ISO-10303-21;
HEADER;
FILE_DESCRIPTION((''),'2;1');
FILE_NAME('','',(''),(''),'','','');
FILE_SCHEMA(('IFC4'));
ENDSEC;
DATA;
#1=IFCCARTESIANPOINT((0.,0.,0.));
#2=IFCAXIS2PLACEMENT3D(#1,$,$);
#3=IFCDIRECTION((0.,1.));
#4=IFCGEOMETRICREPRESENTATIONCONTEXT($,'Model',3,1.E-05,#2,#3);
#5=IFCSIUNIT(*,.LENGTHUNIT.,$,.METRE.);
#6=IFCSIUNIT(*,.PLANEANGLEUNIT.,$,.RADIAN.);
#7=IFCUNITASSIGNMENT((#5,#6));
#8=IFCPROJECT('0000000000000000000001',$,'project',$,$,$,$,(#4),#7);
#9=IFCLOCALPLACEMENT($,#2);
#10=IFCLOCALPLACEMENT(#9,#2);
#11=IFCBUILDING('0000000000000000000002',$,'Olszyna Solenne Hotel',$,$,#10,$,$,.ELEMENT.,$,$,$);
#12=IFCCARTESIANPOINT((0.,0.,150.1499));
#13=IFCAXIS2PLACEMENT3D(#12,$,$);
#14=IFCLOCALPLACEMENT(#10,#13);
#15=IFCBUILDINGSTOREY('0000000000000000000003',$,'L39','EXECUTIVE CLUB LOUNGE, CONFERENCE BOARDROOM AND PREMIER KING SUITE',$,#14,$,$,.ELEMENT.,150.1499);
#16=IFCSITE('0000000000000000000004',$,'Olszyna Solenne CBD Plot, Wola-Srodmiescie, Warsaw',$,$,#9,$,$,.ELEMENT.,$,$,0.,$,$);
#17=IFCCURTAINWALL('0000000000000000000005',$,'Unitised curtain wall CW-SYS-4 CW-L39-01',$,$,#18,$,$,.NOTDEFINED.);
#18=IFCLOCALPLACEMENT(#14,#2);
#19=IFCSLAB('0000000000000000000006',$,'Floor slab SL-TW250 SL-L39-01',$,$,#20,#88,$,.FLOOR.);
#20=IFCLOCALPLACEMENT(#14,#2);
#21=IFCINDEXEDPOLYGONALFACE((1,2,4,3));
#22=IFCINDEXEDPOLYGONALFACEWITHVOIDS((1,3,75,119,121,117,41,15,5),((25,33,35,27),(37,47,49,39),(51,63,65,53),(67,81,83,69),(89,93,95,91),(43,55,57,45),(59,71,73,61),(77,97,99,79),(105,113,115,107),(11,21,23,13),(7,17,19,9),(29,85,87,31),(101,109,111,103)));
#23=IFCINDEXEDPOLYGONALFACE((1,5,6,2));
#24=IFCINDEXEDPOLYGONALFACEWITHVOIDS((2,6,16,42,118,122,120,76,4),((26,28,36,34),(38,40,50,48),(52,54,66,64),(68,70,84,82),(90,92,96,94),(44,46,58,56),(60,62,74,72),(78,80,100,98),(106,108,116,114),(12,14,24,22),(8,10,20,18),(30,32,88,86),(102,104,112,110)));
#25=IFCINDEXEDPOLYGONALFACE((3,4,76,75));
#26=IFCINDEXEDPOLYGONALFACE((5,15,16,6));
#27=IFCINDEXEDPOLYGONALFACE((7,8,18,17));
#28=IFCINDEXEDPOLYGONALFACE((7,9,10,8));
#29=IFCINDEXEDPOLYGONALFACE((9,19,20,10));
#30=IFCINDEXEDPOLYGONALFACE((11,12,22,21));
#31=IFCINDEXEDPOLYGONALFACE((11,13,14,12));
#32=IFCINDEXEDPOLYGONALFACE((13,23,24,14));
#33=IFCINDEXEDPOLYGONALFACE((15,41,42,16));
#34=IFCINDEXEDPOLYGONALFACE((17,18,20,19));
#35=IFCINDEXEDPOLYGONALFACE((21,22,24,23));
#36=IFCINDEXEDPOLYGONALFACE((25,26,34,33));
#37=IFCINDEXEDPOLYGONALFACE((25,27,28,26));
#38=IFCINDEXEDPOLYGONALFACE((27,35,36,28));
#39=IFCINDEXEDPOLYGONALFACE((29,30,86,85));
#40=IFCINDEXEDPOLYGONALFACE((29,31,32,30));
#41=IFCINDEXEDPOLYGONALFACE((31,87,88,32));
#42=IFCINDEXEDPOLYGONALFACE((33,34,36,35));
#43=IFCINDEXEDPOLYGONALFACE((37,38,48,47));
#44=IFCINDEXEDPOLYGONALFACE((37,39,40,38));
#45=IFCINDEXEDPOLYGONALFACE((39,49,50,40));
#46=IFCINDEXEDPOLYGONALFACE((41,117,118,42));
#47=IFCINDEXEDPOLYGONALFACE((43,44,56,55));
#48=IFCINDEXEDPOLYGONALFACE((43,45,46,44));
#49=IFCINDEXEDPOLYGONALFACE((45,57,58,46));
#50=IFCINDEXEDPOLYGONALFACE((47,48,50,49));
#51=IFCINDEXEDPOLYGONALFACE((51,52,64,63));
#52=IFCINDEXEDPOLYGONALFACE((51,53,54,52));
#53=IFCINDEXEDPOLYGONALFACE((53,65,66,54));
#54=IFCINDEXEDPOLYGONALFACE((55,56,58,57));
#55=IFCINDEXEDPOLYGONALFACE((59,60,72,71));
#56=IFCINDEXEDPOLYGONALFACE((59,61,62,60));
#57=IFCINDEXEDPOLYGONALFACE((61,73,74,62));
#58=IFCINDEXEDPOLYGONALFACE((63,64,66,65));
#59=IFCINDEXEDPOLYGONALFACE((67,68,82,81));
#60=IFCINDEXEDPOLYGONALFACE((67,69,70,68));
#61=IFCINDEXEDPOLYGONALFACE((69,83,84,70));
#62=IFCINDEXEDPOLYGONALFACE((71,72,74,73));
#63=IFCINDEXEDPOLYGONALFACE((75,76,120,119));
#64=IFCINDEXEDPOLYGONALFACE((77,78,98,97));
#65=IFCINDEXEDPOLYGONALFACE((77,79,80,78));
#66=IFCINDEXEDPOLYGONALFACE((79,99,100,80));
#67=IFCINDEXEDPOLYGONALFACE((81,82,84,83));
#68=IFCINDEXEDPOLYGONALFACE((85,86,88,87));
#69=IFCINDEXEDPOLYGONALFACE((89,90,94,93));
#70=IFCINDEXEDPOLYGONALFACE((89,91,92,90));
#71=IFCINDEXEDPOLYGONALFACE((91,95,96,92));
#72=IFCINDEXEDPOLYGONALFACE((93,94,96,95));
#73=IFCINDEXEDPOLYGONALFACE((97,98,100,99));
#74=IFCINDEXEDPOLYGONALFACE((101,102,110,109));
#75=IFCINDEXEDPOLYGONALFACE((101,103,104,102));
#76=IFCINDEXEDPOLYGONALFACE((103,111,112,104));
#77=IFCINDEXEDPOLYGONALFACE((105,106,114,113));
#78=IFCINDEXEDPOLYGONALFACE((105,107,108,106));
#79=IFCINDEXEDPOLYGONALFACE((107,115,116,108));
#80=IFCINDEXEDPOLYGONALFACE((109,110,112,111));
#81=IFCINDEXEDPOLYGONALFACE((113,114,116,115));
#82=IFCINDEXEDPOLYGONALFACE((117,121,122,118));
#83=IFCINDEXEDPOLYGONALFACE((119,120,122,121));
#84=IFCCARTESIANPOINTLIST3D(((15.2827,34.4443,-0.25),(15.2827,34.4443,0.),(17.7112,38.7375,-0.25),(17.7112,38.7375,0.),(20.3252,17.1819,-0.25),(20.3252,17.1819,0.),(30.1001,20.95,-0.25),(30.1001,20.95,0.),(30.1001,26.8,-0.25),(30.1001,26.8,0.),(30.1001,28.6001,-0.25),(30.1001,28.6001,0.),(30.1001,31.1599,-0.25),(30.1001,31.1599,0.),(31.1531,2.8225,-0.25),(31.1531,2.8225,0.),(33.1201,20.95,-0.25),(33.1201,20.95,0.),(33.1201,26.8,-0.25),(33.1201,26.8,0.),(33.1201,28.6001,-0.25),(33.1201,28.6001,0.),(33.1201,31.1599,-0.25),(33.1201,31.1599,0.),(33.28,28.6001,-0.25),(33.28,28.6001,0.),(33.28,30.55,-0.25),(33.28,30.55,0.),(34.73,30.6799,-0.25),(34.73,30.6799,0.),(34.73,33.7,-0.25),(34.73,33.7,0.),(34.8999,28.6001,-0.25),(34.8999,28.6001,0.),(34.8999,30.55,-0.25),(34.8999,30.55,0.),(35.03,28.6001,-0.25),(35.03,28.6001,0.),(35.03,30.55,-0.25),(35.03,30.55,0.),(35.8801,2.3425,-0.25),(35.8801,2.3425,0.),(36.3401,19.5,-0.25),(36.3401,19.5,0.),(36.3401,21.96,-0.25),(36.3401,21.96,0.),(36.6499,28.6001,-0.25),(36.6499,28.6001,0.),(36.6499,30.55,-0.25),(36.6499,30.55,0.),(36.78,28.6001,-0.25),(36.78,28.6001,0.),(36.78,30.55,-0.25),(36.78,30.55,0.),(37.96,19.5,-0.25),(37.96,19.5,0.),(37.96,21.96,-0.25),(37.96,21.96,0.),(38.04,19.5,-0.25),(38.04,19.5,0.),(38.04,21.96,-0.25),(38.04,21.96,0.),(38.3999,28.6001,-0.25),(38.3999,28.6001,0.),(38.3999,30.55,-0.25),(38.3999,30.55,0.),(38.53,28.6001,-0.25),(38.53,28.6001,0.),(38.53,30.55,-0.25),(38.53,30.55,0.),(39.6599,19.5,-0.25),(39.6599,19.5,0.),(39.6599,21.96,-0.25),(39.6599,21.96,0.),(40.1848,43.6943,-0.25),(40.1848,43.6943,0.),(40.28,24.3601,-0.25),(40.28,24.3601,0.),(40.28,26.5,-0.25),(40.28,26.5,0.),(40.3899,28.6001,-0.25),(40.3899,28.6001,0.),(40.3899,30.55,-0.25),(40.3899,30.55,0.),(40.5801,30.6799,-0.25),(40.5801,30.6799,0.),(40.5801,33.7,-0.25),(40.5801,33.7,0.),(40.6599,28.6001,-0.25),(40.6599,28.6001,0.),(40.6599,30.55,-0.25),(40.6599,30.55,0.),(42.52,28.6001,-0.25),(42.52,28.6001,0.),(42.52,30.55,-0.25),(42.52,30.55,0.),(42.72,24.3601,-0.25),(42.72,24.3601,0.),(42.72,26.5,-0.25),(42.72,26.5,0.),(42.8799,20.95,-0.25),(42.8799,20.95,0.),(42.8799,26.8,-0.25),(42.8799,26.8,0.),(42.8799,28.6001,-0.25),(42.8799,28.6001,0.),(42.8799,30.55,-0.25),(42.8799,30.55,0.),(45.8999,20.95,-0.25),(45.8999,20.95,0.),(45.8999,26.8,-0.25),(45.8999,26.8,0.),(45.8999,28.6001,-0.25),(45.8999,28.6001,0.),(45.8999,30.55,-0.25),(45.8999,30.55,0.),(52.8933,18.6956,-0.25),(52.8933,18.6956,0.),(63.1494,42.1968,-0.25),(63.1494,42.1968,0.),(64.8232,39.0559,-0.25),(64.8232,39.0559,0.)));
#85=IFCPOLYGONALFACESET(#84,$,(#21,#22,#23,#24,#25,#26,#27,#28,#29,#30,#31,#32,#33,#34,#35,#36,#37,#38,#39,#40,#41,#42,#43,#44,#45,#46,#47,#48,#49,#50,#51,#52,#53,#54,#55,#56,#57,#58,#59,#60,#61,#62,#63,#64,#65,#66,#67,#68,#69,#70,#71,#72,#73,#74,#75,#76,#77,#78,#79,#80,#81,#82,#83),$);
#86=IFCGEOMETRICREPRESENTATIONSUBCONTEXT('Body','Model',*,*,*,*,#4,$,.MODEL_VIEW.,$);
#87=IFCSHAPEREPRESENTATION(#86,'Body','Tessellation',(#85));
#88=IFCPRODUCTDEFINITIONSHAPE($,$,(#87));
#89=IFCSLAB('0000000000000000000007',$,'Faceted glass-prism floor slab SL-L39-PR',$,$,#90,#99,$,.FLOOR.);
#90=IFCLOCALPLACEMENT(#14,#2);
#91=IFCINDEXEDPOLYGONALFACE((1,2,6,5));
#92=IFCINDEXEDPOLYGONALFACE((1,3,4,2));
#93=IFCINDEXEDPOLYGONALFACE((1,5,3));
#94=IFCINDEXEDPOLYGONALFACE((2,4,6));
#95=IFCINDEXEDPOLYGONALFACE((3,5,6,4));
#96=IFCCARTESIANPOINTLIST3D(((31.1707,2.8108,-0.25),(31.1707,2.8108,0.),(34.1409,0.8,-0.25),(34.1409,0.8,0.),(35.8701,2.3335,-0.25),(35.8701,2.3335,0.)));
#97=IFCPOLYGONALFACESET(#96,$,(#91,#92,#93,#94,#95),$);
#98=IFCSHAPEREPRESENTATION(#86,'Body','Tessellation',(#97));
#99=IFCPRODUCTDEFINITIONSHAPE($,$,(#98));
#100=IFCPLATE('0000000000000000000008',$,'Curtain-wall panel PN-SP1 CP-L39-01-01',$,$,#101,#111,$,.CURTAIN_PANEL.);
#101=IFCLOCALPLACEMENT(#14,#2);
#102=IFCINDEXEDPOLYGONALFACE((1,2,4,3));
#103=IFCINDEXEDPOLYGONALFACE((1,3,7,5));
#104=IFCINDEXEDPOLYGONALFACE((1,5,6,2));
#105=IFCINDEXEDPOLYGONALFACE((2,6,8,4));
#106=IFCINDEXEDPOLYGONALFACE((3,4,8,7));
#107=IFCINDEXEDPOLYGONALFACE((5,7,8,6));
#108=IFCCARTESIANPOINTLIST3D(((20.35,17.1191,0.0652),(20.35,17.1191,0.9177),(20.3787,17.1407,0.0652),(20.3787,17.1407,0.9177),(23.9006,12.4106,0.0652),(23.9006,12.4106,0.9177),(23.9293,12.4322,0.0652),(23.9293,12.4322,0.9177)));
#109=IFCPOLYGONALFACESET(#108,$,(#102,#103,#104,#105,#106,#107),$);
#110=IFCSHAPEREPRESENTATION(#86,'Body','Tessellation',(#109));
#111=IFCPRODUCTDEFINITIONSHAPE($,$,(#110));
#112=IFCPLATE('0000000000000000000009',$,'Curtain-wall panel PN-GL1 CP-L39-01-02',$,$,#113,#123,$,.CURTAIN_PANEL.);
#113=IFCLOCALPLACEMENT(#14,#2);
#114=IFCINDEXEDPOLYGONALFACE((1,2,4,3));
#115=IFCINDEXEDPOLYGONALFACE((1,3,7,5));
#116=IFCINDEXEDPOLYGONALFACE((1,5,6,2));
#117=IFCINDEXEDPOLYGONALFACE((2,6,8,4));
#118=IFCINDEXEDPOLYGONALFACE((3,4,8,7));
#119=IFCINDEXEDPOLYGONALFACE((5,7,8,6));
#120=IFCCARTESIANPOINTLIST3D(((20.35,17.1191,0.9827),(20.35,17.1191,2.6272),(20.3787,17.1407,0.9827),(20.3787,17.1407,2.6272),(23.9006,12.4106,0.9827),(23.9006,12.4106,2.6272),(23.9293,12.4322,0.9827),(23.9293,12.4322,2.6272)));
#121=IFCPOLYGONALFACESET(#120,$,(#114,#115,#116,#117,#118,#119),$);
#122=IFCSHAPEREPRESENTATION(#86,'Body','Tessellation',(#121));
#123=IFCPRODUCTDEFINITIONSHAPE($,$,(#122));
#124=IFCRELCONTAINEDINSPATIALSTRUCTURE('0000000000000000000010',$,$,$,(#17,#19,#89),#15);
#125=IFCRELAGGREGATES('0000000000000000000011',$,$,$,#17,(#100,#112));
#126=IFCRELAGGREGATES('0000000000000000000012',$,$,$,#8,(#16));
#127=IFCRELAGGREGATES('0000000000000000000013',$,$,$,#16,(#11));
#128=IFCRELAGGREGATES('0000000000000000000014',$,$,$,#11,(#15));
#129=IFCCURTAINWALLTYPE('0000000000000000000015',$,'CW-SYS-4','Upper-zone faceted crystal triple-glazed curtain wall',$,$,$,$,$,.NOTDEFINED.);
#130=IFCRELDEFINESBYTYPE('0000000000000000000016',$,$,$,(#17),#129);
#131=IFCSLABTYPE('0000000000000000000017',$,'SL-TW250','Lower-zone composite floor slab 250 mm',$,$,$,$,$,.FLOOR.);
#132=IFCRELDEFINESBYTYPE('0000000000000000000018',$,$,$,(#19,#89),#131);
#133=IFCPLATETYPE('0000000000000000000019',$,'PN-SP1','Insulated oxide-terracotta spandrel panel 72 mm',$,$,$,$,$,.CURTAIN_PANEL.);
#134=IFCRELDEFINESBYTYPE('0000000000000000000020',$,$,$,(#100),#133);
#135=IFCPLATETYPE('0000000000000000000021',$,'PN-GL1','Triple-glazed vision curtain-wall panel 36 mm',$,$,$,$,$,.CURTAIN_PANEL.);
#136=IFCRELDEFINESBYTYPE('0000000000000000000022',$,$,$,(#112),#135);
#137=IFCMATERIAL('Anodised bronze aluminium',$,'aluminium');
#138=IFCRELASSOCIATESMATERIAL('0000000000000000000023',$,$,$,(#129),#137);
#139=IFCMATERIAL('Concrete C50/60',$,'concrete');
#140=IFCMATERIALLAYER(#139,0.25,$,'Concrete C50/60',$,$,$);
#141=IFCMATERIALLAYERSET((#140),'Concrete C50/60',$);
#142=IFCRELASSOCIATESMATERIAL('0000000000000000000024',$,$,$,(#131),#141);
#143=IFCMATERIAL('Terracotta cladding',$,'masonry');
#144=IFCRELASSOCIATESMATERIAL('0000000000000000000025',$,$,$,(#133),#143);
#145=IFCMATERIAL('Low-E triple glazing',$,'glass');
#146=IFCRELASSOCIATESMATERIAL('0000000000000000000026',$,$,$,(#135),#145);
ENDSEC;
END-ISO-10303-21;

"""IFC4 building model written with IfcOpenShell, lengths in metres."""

from ifc_helpers import new_model, si_unit, direction, frame, origin, origin_2d, place, context, subcontext, project, spatial, polyline, rectangle, outline, extrude, source, transform, mapped, material, layer, layer_set, type_object, element, aggregate, save


model = new_model("IFC4")

# Units and contexts
model_context = context("Model", 3, precision=1e-05, world=origin(), true_north=direction((0.0, 1.0)))
body_context = subcontext(model_context, "Body", "Model", "MODEL_VIEW")
ifc_project = project(units=[si_unit("LENGTHUNIT", "METRE"), si_unit("PLANEANGLEUNIT", "RADIAN")], contexts=[model_context])

# Site, building, storey
site_placement = place(None, origin())
site = spatial("IfcSite", under=ifc_project, at=site_placement, Name="Olszyna Solenne CBD Plot, Wola-Srodmiescie, Warsaw", CompositionType="ELEMENT", RefElevation=0.0)
building_placement = place(site_placement, origin())
building = spatial("IfcBuilding", under=site, at=building_placement, Name="Olszyna Solenne Hotel", CompositionType="ELEMENT")
storey_placement = place(building_placement, frame((0.0, 0.0, 150.1499)))
storey = spatial("IfcBuildingStorey", under=building, at=storey_placement, Name="L39", Description="EXECUTIVE CLUB LOUNGE, CONFERENCE BOARDROOM AND PREMIER KING SUITE", CompositionType="ELEMENT", Elevation=150.1499)

# Curtain wall
ifc_material_1 = material(Name="Anodised bronze aluminium", Category="aluminium")
curtain_wall_type = type_object("IfcCurtainWallType", Name="CW-SYS-4", Description="Upper-zone faceted crystal triple-glazed curtain wall", PredefinedType="NOTDEFINED", material=ifc_material_1)
curtain_wall_placement = place(storey_placement, origin())
curtain_wall = element("IfcCurtainWall", 1, at=curtain_wall_placement, inside=storey, type_object=curtain_wall_type, Name="Unitised curtain wall CW-SYS-4 CW-L39-01", PredefinedType="NOTDEFINED")

# Slabs
ifc_material_2 = material(Name="Concrete C50/60", Category="concrete")
ifc_layer_1 = layer(ifc_material_2, 0.25, Name="Concrete C50/60")
ifc_layer_set_1 = layer_set([ifc_layer_1], Name="Concrete C50/60")
slab_type_1 = type_object("IfcSlabType", Name="SL-TW250", Description="Lower-zone composite floor slab 250 mm", PredefinedType="FLOOR", material=ifc_layer_set_1)
slab_1_placement = place(storey_placement, frame((0.0, 0.0, -0.25)))
element("IfcSlab", 2, at=slab_1_placement, inside=storey, type_object=slab_type_1, Name="Floor slab SL-TW250 SL-L39-01", PredefinedType="FLOOR", context=body_context, shape_type="SweptSolid", body=[
    extrude(outline(polyline([(64.8232, 39.0559), (63.1494, 42.1968), (40.1848, 43.6943), (17.7112, 38.7375), (15.2827, 34.4443), (20.3252, 17.1819), (31.1531, 2.8225), (35.8801, 2.3425), (52.8933, 18.6956), (64.8232, 39.0559)]), holes=[polyline([(30.1001, 20.95), (33.1201, 20.95), (33.1201, 26.8), (30.1001, 26.8), (30.1001, 20.95)]), polyline([(42.8799, 20.95), (45.8999, 20.95), (45.8999, 26.8), (42.8799, 26.8), (42.8799, 20.95)]), polyline([(34.73, 30.6799), (40.5801, 30.6799), (40.5801, 33.7), (34.73, 33.7), (34.73, 30.6799)]), polyline([(36.3401, 19.5), (37.96, 19.5), (37.96, 21.96), (36.3401, 21.96), (36.3401, 19.5)]), polyline([(38.04, 19.5), (39.6599, 19.5), (39.6599, 21.96), (38.04, 21.96), (38.04, 19.5)]), polyline([(30.1001, 28.6001), (33.1201, 28.6001), (33.1201, 31.1599), (30.1001, 31.1599), (30.1001, 28.6001)]), polyline([(40.28, 24.3601), (42.72, 24.3601), (42.72, 26.5), (40.28, 26.5), (40.28, 24.3601)]), polyline([(33.28, 28.6001), (34.8999, 28.6001), (34.8999, 30.55), (33.28, 30.55), (33.28, 28.6001)]), polyline([(35.03, 28.6001), (36.6499, 28.6001), (36.6499, 30.55), (35.03, 30.55), (35.03, 28.6001)]), polyline([(36.78, 28.6001), (38.3999, 28.6001), (38.3999, 30.55), (36.78, 30.55), (36.78, 28.6001)]), polyline([(38.53, 28.6001), (40.3899, 28.6001), (40.3899, 30.55), (38.53, 30.55), (38.53, 28.6001)]), polyline([(40.6599, 28.6001), (42.52, 28.6001), (42.52, 30.55), (40.6599, 30.55), (40.6599, 28.6001)]), polyline([(42.8799, 28.6001), (45.8999, 28.6001), (45.8999, 30.55), (42.8799, 30.55), (42.8799, 28.6001)])]), origin(), (0.0, 0.0, 1.0), 0.25),
])
slab_2_placement = place(storey_placement, frame((0.0, 0.0, -0.25)))
element("IfcSlab", 3, at=slab_2_placement, inside=storey, type_object=slab_type_1, Name="Faceted glass-prism floor slab SL-L39-PR", PredefinedType="FLOOR", context=body_context, shape_type="SweptSolid", body=[
    extrude(outline(polyline([(35.8701, 2.3335), (31.1707, 2.8108), (34.1409, 0.8), (35.8701, 2.3335)])), origin(), (0.0, 0.0, 1.0), 0.25),
])

# Plates
ifc_material_3 = material(Name="Terracotta cladding", Category="masonry")
plate_type_1 = type_object("IfcPlateType", Name="PN-SP1", Description="Insulated oxide-terracotta spandrel panel 72 mm", PredefinedType="CURTAIN_PANEL", material=ifc_material_3)
shared_shape_1 = source(origin(), body_context, "Body", "SweptSolid", [
    extrude(rectangle(XDim=5.8972, YDim=0.0359, at=origin_2d()), origin(), (0.0, 0.0, 1.0), 0.8525),
])
plate_1_placement = place(storey_placement, frame((22.1396, 14.7756, 0.0652), z_axis=(0.0, 0.0, 1.0), x_axis=(0.60208, -0.798436, 0.0)))
plate_1 = element("IfcPlate", 4, at=plate_1_placement, type_object=plate_type_1, Name="Curtain-wall panel PN-SP1 CP-L39-01-01", PredefinedType="CURTAIN_PANEL", context=body_context, shape_type="MappedRepresentation", body=[
    mapped(shared_shape_1, transform((0.0, 0.0, 0.0), x_axis=(1.0, 0.0, 0.0), y_axis=(0.0, 1.0, 0.0), z_axis=(0.0, 0.0, 1.0), scale=1.0)),
])
ifc_material_4 = material(Name="Low-E triple glazing", Category="glass")
plate_type_2 = type_object("IfcPlateType", Name="PN-GL1", Description="Triple-glazed vision curtain-wall panel 36 mm", PredefinedType="CURTAIN_PANEL", material=ifc_material_4)
shared_shape_2 = source(origin(), body_context, "Body", "SweptSolid", [
    extrude(rectangle(XDim=5.8972, YDim=0.0359, at=origin_2d()), origin(), (0.0, 0.0, 1.0), 1.6445),
])
plate_2_placement = place(storey_placement, frame((22.1396, 14.7756, 0.9827), z_axis=(0.0, 0.0, 1.0), x_axis=(0.60208, -0.798436, 0.0)))
plate_2 = element("IfcPlate", 5, at=plate_2_placement, type_object=plate_type_2, Name="Curtain-wall panel PN-GL1 CP-L39-01-02", PredefinedType="CURTAIN_PANEL", context=body_context, shape_type="MappedRepresentation", body=[
    mapped(shared_shape_2, transform((0.0, 0.0, 0.0), x_axis=(1.0, 0.0, 0.0), y_axis=(0.0, 1.0, 0.0), z_axis=(0.0, 0.0, 1.0), scale=1.0)),
])
aggregate(curtain_wall, [plate_1, plate_2])

save(model, "model.ifc")
